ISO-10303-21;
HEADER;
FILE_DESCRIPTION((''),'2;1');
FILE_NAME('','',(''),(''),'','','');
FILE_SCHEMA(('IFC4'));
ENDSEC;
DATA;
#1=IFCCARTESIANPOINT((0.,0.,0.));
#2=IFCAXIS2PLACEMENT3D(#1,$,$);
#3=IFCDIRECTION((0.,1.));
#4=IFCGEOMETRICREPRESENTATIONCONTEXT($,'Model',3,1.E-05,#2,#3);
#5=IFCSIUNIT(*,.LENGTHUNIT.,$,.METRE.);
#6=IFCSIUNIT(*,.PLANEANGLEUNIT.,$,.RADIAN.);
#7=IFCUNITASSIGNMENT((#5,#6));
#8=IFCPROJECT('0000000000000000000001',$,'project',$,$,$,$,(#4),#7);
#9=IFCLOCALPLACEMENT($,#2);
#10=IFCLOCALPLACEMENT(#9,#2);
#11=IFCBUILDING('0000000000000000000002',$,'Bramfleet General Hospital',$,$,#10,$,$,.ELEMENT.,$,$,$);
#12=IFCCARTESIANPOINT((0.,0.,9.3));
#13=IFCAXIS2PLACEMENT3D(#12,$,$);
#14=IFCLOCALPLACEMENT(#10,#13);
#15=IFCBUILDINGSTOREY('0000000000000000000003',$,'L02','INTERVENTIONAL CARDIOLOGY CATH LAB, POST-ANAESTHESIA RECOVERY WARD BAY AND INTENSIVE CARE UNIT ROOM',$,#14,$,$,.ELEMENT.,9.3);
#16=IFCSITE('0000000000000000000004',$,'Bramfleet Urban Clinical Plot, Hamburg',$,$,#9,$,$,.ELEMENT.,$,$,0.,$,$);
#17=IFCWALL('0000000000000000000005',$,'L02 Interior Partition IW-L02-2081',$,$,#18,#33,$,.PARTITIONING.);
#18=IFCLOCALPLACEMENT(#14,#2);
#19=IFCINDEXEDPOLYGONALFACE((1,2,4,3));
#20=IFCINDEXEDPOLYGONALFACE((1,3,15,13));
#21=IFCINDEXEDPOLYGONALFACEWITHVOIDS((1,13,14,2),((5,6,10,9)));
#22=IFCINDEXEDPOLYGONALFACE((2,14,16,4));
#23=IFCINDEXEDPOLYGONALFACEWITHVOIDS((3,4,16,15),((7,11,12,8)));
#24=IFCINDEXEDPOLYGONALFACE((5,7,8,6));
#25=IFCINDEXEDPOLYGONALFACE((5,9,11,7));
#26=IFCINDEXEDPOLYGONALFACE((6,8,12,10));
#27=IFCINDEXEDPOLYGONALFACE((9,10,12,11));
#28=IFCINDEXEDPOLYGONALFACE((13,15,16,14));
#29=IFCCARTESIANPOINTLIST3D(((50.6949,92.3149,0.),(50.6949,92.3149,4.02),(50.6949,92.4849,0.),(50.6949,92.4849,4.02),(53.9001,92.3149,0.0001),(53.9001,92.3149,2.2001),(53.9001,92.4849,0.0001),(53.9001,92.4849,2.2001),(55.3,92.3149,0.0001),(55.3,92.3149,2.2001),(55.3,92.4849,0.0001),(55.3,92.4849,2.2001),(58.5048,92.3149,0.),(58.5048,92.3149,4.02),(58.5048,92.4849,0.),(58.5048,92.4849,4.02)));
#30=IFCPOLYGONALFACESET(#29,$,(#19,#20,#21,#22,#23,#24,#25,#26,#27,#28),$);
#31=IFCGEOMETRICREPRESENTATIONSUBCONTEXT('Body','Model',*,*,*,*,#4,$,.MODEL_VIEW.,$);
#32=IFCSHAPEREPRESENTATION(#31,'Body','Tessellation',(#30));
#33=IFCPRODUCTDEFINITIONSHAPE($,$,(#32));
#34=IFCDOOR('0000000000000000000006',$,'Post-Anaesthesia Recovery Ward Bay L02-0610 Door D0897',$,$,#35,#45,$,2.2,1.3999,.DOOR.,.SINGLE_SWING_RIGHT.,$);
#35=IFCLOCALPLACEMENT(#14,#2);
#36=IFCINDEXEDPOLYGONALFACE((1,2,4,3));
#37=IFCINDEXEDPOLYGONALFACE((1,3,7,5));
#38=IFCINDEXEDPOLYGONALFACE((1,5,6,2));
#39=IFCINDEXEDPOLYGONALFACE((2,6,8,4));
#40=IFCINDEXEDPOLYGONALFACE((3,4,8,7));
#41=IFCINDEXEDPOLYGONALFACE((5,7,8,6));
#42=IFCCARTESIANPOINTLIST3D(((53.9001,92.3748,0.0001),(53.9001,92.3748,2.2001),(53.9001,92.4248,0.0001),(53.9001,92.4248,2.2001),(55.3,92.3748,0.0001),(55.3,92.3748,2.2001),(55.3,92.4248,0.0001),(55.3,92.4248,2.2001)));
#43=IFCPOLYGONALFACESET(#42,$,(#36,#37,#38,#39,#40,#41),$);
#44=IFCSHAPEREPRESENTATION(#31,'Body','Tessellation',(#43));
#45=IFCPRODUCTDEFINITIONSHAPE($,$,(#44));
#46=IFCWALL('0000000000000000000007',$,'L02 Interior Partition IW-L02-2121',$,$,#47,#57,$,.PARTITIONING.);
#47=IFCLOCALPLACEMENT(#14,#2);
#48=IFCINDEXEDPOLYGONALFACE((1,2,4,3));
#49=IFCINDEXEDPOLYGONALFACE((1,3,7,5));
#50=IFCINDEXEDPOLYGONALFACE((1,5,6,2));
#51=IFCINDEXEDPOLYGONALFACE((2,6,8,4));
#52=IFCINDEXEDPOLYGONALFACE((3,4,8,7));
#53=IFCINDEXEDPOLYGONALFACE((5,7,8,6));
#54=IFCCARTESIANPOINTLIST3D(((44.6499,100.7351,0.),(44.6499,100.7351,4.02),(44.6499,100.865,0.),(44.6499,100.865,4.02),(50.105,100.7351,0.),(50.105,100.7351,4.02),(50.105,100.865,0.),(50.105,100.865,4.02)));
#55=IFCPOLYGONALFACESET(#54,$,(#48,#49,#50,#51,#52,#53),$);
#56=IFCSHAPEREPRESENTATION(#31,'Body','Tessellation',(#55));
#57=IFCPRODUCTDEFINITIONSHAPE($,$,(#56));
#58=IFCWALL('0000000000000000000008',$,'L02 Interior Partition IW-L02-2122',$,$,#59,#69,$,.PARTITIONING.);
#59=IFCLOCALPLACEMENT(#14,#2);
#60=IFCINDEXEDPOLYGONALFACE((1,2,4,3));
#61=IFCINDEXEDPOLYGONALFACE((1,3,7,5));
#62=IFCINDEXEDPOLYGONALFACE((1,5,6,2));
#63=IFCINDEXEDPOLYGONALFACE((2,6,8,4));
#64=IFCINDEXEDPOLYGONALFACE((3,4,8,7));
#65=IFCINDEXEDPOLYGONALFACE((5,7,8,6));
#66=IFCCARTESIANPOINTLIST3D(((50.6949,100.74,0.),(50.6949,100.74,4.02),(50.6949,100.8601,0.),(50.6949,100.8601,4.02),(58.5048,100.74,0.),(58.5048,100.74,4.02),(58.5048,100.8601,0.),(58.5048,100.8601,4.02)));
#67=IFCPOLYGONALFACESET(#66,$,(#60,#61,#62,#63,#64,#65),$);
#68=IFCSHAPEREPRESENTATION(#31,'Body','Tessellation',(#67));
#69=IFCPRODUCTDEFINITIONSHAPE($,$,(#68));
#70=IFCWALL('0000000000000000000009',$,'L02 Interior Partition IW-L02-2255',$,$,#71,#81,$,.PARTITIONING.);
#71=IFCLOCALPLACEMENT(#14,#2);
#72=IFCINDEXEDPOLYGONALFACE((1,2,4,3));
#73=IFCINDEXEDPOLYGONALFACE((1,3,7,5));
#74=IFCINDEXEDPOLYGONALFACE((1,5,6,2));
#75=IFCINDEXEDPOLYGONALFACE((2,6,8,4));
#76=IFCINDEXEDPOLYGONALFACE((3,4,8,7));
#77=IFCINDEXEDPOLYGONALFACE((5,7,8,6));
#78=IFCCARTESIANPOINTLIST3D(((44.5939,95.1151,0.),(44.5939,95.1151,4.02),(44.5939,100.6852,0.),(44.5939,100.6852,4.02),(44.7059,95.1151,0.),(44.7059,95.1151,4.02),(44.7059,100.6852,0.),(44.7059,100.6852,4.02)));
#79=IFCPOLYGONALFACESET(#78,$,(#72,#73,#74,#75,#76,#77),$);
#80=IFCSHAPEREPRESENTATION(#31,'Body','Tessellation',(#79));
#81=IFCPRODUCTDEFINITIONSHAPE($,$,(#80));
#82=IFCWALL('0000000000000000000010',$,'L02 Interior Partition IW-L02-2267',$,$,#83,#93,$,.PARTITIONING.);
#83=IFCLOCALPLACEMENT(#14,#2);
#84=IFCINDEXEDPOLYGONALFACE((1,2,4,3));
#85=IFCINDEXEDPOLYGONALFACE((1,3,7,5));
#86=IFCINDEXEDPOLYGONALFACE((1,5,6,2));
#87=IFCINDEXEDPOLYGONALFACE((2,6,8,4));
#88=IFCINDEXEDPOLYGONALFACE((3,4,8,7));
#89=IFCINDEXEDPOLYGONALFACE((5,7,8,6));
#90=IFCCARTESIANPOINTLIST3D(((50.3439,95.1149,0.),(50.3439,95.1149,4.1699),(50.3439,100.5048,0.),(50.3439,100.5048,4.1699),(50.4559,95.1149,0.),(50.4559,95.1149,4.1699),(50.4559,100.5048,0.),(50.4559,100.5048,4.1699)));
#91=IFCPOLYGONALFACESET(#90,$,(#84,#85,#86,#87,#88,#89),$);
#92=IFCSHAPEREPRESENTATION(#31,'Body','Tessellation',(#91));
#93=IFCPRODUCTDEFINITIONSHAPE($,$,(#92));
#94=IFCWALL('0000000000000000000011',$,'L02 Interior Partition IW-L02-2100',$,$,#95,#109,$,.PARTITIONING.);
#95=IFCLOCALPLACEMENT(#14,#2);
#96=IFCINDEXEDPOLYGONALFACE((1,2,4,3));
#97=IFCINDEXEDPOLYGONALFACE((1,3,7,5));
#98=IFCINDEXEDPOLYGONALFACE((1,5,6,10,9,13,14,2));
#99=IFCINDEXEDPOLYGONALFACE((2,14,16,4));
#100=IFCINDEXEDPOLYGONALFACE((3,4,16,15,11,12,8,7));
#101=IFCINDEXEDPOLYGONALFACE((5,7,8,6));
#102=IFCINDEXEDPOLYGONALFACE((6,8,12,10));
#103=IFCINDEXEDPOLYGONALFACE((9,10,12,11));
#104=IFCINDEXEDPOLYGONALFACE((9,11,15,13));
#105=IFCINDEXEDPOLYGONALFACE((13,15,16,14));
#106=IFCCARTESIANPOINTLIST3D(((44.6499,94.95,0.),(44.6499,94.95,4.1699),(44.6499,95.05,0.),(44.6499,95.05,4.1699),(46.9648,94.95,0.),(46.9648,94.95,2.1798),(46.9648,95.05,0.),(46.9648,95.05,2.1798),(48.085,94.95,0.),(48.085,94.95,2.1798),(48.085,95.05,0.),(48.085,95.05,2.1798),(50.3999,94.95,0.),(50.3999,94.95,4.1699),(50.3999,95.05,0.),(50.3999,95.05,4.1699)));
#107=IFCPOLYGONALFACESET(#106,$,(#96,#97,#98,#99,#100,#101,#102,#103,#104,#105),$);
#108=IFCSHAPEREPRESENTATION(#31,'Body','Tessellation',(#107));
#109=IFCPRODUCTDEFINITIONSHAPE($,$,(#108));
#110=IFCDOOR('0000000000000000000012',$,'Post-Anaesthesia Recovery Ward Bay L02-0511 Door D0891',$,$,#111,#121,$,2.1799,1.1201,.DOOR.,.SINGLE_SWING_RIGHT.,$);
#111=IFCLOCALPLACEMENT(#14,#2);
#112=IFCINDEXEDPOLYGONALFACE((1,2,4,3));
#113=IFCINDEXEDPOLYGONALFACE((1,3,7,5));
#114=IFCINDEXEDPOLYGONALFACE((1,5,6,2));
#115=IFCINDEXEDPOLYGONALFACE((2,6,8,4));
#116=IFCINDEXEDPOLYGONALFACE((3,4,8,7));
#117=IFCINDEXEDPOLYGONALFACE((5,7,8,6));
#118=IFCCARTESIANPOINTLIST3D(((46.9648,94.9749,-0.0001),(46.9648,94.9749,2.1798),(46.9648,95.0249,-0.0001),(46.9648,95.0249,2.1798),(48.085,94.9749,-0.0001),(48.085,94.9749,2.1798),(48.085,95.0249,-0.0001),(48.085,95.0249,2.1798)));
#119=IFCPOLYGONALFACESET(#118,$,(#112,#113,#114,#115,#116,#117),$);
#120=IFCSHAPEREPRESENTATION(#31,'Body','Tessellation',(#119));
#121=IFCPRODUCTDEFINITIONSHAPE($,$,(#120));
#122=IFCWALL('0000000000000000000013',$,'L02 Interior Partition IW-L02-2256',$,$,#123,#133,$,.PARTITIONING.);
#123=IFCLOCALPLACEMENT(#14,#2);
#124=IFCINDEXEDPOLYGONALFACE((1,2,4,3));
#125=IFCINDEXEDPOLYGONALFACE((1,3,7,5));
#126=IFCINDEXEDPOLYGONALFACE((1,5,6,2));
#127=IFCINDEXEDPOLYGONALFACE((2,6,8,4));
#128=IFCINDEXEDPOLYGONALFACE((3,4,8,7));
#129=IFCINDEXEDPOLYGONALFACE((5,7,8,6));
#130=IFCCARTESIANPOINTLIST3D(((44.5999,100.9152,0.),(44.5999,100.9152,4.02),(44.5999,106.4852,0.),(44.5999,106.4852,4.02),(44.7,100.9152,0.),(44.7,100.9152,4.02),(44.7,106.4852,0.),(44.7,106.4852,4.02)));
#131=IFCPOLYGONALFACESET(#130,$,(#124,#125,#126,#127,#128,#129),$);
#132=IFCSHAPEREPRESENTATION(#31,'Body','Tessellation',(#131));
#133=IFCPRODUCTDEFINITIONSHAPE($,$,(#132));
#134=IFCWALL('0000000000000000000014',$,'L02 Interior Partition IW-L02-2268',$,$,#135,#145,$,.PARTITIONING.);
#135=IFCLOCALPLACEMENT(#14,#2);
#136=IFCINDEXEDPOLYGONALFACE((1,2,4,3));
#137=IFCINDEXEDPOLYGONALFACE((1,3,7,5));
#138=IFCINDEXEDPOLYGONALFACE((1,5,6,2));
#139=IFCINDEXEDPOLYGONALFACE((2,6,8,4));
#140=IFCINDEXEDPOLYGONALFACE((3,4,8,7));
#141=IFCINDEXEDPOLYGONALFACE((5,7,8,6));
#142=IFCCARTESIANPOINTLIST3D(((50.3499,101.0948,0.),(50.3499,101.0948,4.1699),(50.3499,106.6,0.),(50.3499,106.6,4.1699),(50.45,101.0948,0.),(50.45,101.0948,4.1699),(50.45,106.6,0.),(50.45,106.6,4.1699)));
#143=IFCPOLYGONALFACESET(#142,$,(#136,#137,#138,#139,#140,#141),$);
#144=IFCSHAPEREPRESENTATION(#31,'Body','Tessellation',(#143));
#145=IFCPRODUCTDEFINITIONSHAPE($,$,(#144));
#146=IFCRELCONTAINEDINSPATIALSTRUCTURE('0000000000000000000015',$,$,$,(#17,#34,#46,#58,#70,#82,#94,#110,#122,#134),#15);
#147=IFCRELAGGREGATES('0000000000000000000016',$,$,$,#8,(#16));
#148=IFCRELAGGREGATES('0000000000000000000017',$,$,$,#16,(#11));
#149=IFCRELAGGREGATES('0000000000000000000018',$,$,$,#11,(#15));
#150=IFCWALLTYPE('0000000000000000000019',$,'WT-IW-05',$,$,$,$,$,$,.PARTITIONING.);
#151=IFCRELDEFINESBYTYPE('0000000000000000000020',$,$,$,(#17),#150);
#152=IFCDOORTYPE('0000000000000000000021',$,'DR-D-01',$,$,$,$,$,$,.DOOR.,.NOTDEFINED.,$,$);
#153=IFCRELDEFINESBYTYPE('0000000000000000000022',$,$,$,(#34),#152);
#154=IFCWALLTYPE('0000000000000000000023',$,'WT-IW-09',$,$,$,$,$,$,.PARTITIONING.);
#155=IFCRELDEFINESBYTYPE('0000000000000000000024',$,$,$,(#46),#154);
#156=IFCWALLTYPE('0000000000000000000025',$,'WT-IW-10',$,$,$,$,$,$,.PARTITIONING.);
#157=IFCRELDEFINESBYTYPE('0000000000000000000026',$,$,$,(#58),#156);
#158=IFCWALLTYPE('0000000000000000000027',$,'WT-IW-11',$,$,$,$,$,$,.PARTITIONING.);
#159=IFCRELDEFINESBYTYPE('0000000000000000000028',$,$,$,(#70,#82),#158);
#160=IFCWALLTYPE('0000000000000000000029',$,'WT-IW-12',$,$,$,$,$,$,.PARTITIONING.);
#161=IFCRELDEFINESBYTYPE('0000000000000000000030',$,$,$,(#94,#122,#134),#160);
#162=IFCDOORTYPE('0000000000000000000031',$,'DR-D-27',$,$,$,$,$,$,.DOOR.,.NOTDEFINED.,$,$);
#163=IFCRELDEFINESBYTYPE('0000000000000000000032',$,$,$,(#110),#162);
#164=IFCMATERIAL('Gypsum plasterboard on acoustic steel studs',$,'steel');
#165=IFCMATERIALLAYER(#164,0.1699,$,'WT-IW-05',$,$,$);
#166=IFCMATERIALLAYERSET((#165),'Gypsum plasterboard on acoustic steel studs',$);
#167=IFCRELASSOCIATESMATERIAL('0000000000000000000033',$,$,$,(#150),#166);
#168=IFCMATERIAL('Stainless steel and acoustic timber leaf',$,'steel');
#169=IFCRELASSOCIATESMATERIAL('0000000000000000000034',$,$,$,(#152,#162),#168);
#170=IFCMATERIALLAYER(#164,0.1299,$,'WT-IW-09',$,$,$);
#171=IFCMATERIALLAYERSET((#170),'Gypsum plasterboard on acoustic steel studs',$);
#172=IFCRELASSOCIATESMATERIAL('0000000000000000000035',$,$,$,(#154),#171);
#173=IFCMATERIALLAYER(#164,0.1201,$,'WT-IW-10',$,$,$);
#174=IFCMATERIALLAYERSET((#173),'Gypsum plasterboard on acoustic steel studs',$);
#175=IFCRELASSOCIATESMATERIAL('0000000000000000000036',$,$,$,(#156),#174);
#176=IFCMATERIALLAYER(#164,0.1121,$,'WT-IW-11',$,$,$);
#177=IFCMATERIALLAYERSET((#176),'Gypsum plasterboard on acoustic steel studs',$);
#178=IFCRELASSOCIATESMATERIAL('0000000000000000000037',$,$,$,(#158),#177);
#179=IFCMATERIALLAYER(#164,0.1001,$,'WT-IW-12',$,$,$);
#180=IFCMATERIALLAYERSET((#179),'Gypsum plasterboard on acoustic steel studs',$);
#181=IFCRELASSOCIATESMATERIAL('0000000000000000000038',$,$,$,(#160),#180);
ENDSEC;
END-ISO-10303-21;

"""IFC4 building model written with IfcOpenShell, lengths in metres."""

from ifc_helpers import new_model, si_unit, direction, frame, frame_2d, origin, place, context, subcontext, project, spatial, rectangle, extrude, material, layer, layer_set, type_object, element, fill, save


model = new_model("IFC4")

# Units and contexts
model_context = context("Model", 3, precision=1e-05, world=origin(), true_north=direction((0.0, 1.0)))
body_context = subcontext(model_context, "Body", "Model", "MODEL_VIEW")
ifc_project = project(units=[si_unit("LENGTHUNIT", "METRE"), si_unit("PLANEANGLEUNIT", "RADIAN")], contexts=[model_context])

# Site, building, storey
site_placement = place(None, origin())
site = spatial("IfcSite", under=ifc_project, at=site_placement, Name="Bramfleet Urban Clinical Plot, Hamburg", CompositionType="ELEMENT", RefElevation=0.0)
building_placement = place(site_placement, origin())
building = spatial("IfcBuilding", under=site, at=building_placement, Name="Bramfleet General Hospital", CompositionType="ELEMENT")
storey_placement = place(building_placement, frame((0.0, 0.0, 9.3)))
storey = spatial("IfcBuildingStorey", under=building, at=storey_placement, Name="L02", Description="INTERVENTIONAL CARDIOLOGY CATH LAB, POST-ANAESTHESIA RECOVERY WARD BAY AND INTENSIVE CARE UNIT ROOM", CompositionType="ELEMENT", Elevation=9.3)

# Shared definitions
ifc_material_1 = material(Name="Stainless steel and acoustic timber leaf", Category="steel")

# Wall, opening, door
ifc_material_2 = material(Name="Gypsum plasterboard on acoustic steel studs", Category="steel")
ifc_layer_1 = layer(ifc_material_2, 0.1699, Name="WT-IW-05")
ifc_layer_set_1 = layer_set([ifc_layer_1], Name="Gypsum plasterboard on acoustic steel studs")
wall_type_1 = type_object("IfcWallType", Name="WT-IW-05", PredefinedType="PARTITIONING", material=ifc_layer_set_1)
wall_1_placement = place(storey_placement, frame((50.6951, 92.3999, 0.0), z_axis=(0.0, 0.0, 1.0), x_axis=(1.0, 0.0, 0.0)))
wall_1 = element("IfcWall", 1, at=wall_1_placement, inside=storey, type_object=wall_type_1, Name="L02 Interior Partition IW-L02-2081", PredefinedType="PARTITIONING", context=body_context, shape_type="SweptSolid", body=[
    extrude(rectangle(XDim=7.8098, YDim=0.1699, at=frame_2d((3.9048, 0.0))), origin(), (0.0, 0.0, 1.0), 4.02),
])
opening_1_placement = place(wall_1_placement, frame((3.2051, 0.0, 0.0)))
opening_1 = element("IfcOpeningElement", 2, at=opening_1_placement, cuts=wall_1, PredefinedType="OPENING", context=body_context, shape_type="SweptSolid", body=[
    extrude(rectangle(XDim=1.3999, YDim=2.2, at=frame_2d((0.7, 1.1001))), frame((0.0, 0.095, 0.0), z_axis=(0.0, -1.0, 0.0), x_axis=(1.0, 0.0, 0.0)), (0.0, 0.0, 1.0), 0.1899),
])
door_type_1 = type_object("IfcDoorType", Name="DR-D-01", OperationType="NOTDEFINED", PredefinedType="DOOR", material=ifc_material_1)
door_1_placement = place(opening_1_placement, origin())
door_1 = element("IfcDoor", 3, at=door_1_placement, inside=storey, type_object=door_type_1, Name="Post-Anaesthesia Recovery Ward Bay L02-0610 Door D0897", OperationType="SINGLE_SWING_RIGHT", OverallHeight=2.2, OverallWidth=1.3999, PredefinedType="DOOR", context=body_context, shape_type="SweptSolid", body=[
    extrude(rectangle(XDim=1.3999, YDim=2.2, at=frame_2d((0.7, 1.1001))), frame((0.0, 0.0249, 0.0), z_axis=(0.0, -1.0, 0.0), x_axis=(1.0, 0.0, 0.0)), (0.0, 0.0, 1.0), 0.05),
])
fill(opening_1, door_1)

# Walls
ifc_layer_2 = layer(ifc_material_2, 0.1299, Name="WT-IW-09")
ifc_layer_set_2 = layer_set([ifc_layer_2], Name="Gypsum plasterboard on acoustic steel studs")
wall_type_2 = type_object("IfcWallType", Name="WT-IW-09", PredefinedType="PARTITIONING", material=ifc_layer_set_2)
wall_2_placement = place(storey_placement, frame((44.6499, 100.8, 0.0), z_axis=(0.0, 0.0, 1.0), x_axis=(1.0, 0.0, 0.0)))
element("IfcWall", 4, at=wall_2_placement, inside=storey, type_object=wall_type_2, Name="L02 Interior Partition IW-L02-2121", PredefinedType="PARTITIONING", context=body_context, shape_type="SweptSolid", body=[
    extrude(rectangle(XDim=5.4551, YDim=0.1299, at=frame_2d((2.7275, 0.0))), origin(), (0.0, 0.0, 1.0), 4.02),
])
ifc_layer_3 = layer(ifc_material_2, 0.1201, Name="WT-IW-10")
ifc_layer_set_3 = layer_set([ifc_layer_3], Name="Gypsum plasterboard on acoustic steel studs")
wall_type_3 = type_object("IfcWallType", Name="WT-IW-10", PredefinedType="PARTITIONING", material=ifc_layer_set_3)
wall_3_placement = place(storey_placement, frame((50.6951, 100.8, 0.0), z_axis=(0.0, 0.0, 1.0), x_axis=(1.0, 0.0, 0.0)))
element("IfcWall", 5, at=wall_3_placement, inside=storey, type_object=wall_type_3, Name="L02 Interior Partition IW-L02-2122", PredefinedType="PARTITIONING", context=body_context, shape_type="SweptSolid", body=[
    extrude(rectangle(XDim=7.8098, YDim=0.1201, at=frame_2d((3.9048, 0.0))), origin(), (0.0, 0.0, 1.0), 4.02),
])
ifc_layer_4 = layer(ifc_material_2, 0.1121, Name="WT-IW-11")
ifc_layer_set_4 = layer_set([ifc_layer_4], Name="Gypsum plasterboard on acoustic steel studs")
wall_type_4 = type_object("IfcWallType", Name="WT-IW-11", PredefinedType="PARTITIONING", material=ifc_layer_set_4)
wall_4_placement = place(storey_placement, frame((44.6499, 95.115, 0.0), z_axis=(0.0, 0.0, 1.0), x_axis=(0.0, 1.0, 0.0)))
element("IfcWall", 6, at=wall_4_placement, inside=storey, type_object=wall_type_4, Name="L02 Interior Partition IW-L02-2255", PredefinedType="PARTITIONING", context=body_context, shape_type="SweptSolid", body=[
    extrude(rectangle(XDim=5.5701, YDim=0.1121, at=frame_2d((2.7852, 0.0))), origin(), (0.0, 0.0, 1.0), 4.02),
])
wall_5_placement = place(storey_placement, frame((50.3999, 95.115, 0.0), z_axis=(0.0, 0.0, 1.0), x_axis=(0.0, 1.0, 0.0)))
element("IfcWall", 7, at=wall_5_placement, inside=storey, type_object=wall_type_4, Name="L02 Interior Partition IW-L02-2267", PredefinedType="PARTITIONING", context=body_context, shape_type="SweptSolid", body=[
    extrude(rectangle(XDim=5.3899, YDim=0.1121, at=frame_2d((2.6948, 0.0))), origin(), (0.0, 0.0, 1.0), 4.1699),
])

# Wall, opening, door
ifc_layer_5 = layer(ifc_material_2, 0.1001, Name="WT-IW-12")
ifc_layer_set_5 = layer_set([ifc_layer_5], Name="Gypsum plasterboard on acoustic steel studs")
wall_type_5 = type_object("IfcWallType", Name="WT-IW-12", PredefinedType="PARTITIONING", material=ifc_layer_set_5)
wall_6_placement = place(storey_placement, frame((44.6499, 95.0, 0.0), z_axis=(0.0, 0.0, 1.0), x_axis=(1.0, 0.0, 0.0)))
wall_6 = element("IfcWall", 8, at=wall_6_placement, inside=storey, type_object=wall_type_5, Name="L02 Interior Partition IW-L02-2100", PredefinedType="PARTITIONING", context=body_context, shape_type="SweptSolid", body=[
    extrude(rectangle(XDim=5.75, YDim=0.1001, at=frame_2d((2.875, 0.0))), origin(), (0.0, 0.0, 1.0), 4.1699),
])
opening_2_placement = place(wall_6_placement, frame((2.3149, 0.0, 0.0)))
opening_2 = element("IfcOpeningElement", 9, at=opening_2_placement, cuts=wall_6, PredefinedType="OPENING", context=body_context, shape_type="SweptSolid", body=[
    extrude(rectangle(XDim=1.1201, YDim=2.1799, at=frame_2d((0.5601, 1.0898))), frame((0.0, 0.0601, 0.0), z_axis=(0.0, -1.0, 0.0), x_axis=(1.0, 0.0, 0.0)), (0.0, 0.0, 1.0), 0.1201),
])
door_type_2 = type_object("IfcDoorType", Name="DR-D-27", OperationType="NOTDEFINED", PredefinedType="DOOR", material=ifc_material_1)
door_2_placement = place(opening_2_placement, origin())
door_2 = element("IfcDoor", 10, at=door_2_placement, inside=storey, type_object=door_type_2, Name="Post-Anaesthesia Recovery Ward Bay L02-0511 Door D0891", OperationType="SINGLE_SWING_RIGHT", OverallHeight=2.1799, OverallWidth=1.1201, PredefinedType="DOOR", context=body_context, shape_type="SweptSolid", body=[
    extrude(rectangle(XDim=1.1201, YDim=2.1799, at=frame_2d((0.5601, 1.0898))), frame((0.0, 0.0249, 0.0), z_axis=(0.0, -1.0, 0.0), x_axis=(1.0, 0.0, 0.0)), (0.0, 0.0, 1.0), 0.05),
])
fill(opening_2, door_2)

# Walls
wall_7_placement = place(storey_placement, frame((44.6499, 100.915, 0.0), z_axis=(0.0, 0.0, 1.0), x_axis=(0.0, 1.0, 0.0)))
element("IfcWall", 11, at=wall_7_placement, inside=storey, type_object=wall_type_5, Name="L02 Interior Partition IW-L02-2256", PredefinedType="PARTITIONING", context=body_context, shape_type="SweptSolid", body=[
    extrude(rectangle(XDim=5.5701, YDim=0.1001, at=frame_2d((2.7852, 0.0))), origin(), (0.0, 0.0, 1.0), 4.02),
])
wall_8_placement = place(storey_placement, frame((50.3999, 101.095, 0.0), z_axis=(0.0, 0.0, 1.0), x_axis=(0.0, 1.0, 0.0)))
element("IfcWall", 12, at=wall_8_placement, inside=storey, type_object=wall_type_5, Name="L02 Interior Partition IW-L02-2268", PredefinedType="PARTITIONING", context=body_context, shape_type="SweptSolid", body=[
    extrude(rectangle(XDim=5.5051, YDim=0.1001, at=frame_2d((2.7524, 0.0))), origin(), (0.0, 0.0, 1.0), 4.1699),
])

save(model, "model.ifc")
